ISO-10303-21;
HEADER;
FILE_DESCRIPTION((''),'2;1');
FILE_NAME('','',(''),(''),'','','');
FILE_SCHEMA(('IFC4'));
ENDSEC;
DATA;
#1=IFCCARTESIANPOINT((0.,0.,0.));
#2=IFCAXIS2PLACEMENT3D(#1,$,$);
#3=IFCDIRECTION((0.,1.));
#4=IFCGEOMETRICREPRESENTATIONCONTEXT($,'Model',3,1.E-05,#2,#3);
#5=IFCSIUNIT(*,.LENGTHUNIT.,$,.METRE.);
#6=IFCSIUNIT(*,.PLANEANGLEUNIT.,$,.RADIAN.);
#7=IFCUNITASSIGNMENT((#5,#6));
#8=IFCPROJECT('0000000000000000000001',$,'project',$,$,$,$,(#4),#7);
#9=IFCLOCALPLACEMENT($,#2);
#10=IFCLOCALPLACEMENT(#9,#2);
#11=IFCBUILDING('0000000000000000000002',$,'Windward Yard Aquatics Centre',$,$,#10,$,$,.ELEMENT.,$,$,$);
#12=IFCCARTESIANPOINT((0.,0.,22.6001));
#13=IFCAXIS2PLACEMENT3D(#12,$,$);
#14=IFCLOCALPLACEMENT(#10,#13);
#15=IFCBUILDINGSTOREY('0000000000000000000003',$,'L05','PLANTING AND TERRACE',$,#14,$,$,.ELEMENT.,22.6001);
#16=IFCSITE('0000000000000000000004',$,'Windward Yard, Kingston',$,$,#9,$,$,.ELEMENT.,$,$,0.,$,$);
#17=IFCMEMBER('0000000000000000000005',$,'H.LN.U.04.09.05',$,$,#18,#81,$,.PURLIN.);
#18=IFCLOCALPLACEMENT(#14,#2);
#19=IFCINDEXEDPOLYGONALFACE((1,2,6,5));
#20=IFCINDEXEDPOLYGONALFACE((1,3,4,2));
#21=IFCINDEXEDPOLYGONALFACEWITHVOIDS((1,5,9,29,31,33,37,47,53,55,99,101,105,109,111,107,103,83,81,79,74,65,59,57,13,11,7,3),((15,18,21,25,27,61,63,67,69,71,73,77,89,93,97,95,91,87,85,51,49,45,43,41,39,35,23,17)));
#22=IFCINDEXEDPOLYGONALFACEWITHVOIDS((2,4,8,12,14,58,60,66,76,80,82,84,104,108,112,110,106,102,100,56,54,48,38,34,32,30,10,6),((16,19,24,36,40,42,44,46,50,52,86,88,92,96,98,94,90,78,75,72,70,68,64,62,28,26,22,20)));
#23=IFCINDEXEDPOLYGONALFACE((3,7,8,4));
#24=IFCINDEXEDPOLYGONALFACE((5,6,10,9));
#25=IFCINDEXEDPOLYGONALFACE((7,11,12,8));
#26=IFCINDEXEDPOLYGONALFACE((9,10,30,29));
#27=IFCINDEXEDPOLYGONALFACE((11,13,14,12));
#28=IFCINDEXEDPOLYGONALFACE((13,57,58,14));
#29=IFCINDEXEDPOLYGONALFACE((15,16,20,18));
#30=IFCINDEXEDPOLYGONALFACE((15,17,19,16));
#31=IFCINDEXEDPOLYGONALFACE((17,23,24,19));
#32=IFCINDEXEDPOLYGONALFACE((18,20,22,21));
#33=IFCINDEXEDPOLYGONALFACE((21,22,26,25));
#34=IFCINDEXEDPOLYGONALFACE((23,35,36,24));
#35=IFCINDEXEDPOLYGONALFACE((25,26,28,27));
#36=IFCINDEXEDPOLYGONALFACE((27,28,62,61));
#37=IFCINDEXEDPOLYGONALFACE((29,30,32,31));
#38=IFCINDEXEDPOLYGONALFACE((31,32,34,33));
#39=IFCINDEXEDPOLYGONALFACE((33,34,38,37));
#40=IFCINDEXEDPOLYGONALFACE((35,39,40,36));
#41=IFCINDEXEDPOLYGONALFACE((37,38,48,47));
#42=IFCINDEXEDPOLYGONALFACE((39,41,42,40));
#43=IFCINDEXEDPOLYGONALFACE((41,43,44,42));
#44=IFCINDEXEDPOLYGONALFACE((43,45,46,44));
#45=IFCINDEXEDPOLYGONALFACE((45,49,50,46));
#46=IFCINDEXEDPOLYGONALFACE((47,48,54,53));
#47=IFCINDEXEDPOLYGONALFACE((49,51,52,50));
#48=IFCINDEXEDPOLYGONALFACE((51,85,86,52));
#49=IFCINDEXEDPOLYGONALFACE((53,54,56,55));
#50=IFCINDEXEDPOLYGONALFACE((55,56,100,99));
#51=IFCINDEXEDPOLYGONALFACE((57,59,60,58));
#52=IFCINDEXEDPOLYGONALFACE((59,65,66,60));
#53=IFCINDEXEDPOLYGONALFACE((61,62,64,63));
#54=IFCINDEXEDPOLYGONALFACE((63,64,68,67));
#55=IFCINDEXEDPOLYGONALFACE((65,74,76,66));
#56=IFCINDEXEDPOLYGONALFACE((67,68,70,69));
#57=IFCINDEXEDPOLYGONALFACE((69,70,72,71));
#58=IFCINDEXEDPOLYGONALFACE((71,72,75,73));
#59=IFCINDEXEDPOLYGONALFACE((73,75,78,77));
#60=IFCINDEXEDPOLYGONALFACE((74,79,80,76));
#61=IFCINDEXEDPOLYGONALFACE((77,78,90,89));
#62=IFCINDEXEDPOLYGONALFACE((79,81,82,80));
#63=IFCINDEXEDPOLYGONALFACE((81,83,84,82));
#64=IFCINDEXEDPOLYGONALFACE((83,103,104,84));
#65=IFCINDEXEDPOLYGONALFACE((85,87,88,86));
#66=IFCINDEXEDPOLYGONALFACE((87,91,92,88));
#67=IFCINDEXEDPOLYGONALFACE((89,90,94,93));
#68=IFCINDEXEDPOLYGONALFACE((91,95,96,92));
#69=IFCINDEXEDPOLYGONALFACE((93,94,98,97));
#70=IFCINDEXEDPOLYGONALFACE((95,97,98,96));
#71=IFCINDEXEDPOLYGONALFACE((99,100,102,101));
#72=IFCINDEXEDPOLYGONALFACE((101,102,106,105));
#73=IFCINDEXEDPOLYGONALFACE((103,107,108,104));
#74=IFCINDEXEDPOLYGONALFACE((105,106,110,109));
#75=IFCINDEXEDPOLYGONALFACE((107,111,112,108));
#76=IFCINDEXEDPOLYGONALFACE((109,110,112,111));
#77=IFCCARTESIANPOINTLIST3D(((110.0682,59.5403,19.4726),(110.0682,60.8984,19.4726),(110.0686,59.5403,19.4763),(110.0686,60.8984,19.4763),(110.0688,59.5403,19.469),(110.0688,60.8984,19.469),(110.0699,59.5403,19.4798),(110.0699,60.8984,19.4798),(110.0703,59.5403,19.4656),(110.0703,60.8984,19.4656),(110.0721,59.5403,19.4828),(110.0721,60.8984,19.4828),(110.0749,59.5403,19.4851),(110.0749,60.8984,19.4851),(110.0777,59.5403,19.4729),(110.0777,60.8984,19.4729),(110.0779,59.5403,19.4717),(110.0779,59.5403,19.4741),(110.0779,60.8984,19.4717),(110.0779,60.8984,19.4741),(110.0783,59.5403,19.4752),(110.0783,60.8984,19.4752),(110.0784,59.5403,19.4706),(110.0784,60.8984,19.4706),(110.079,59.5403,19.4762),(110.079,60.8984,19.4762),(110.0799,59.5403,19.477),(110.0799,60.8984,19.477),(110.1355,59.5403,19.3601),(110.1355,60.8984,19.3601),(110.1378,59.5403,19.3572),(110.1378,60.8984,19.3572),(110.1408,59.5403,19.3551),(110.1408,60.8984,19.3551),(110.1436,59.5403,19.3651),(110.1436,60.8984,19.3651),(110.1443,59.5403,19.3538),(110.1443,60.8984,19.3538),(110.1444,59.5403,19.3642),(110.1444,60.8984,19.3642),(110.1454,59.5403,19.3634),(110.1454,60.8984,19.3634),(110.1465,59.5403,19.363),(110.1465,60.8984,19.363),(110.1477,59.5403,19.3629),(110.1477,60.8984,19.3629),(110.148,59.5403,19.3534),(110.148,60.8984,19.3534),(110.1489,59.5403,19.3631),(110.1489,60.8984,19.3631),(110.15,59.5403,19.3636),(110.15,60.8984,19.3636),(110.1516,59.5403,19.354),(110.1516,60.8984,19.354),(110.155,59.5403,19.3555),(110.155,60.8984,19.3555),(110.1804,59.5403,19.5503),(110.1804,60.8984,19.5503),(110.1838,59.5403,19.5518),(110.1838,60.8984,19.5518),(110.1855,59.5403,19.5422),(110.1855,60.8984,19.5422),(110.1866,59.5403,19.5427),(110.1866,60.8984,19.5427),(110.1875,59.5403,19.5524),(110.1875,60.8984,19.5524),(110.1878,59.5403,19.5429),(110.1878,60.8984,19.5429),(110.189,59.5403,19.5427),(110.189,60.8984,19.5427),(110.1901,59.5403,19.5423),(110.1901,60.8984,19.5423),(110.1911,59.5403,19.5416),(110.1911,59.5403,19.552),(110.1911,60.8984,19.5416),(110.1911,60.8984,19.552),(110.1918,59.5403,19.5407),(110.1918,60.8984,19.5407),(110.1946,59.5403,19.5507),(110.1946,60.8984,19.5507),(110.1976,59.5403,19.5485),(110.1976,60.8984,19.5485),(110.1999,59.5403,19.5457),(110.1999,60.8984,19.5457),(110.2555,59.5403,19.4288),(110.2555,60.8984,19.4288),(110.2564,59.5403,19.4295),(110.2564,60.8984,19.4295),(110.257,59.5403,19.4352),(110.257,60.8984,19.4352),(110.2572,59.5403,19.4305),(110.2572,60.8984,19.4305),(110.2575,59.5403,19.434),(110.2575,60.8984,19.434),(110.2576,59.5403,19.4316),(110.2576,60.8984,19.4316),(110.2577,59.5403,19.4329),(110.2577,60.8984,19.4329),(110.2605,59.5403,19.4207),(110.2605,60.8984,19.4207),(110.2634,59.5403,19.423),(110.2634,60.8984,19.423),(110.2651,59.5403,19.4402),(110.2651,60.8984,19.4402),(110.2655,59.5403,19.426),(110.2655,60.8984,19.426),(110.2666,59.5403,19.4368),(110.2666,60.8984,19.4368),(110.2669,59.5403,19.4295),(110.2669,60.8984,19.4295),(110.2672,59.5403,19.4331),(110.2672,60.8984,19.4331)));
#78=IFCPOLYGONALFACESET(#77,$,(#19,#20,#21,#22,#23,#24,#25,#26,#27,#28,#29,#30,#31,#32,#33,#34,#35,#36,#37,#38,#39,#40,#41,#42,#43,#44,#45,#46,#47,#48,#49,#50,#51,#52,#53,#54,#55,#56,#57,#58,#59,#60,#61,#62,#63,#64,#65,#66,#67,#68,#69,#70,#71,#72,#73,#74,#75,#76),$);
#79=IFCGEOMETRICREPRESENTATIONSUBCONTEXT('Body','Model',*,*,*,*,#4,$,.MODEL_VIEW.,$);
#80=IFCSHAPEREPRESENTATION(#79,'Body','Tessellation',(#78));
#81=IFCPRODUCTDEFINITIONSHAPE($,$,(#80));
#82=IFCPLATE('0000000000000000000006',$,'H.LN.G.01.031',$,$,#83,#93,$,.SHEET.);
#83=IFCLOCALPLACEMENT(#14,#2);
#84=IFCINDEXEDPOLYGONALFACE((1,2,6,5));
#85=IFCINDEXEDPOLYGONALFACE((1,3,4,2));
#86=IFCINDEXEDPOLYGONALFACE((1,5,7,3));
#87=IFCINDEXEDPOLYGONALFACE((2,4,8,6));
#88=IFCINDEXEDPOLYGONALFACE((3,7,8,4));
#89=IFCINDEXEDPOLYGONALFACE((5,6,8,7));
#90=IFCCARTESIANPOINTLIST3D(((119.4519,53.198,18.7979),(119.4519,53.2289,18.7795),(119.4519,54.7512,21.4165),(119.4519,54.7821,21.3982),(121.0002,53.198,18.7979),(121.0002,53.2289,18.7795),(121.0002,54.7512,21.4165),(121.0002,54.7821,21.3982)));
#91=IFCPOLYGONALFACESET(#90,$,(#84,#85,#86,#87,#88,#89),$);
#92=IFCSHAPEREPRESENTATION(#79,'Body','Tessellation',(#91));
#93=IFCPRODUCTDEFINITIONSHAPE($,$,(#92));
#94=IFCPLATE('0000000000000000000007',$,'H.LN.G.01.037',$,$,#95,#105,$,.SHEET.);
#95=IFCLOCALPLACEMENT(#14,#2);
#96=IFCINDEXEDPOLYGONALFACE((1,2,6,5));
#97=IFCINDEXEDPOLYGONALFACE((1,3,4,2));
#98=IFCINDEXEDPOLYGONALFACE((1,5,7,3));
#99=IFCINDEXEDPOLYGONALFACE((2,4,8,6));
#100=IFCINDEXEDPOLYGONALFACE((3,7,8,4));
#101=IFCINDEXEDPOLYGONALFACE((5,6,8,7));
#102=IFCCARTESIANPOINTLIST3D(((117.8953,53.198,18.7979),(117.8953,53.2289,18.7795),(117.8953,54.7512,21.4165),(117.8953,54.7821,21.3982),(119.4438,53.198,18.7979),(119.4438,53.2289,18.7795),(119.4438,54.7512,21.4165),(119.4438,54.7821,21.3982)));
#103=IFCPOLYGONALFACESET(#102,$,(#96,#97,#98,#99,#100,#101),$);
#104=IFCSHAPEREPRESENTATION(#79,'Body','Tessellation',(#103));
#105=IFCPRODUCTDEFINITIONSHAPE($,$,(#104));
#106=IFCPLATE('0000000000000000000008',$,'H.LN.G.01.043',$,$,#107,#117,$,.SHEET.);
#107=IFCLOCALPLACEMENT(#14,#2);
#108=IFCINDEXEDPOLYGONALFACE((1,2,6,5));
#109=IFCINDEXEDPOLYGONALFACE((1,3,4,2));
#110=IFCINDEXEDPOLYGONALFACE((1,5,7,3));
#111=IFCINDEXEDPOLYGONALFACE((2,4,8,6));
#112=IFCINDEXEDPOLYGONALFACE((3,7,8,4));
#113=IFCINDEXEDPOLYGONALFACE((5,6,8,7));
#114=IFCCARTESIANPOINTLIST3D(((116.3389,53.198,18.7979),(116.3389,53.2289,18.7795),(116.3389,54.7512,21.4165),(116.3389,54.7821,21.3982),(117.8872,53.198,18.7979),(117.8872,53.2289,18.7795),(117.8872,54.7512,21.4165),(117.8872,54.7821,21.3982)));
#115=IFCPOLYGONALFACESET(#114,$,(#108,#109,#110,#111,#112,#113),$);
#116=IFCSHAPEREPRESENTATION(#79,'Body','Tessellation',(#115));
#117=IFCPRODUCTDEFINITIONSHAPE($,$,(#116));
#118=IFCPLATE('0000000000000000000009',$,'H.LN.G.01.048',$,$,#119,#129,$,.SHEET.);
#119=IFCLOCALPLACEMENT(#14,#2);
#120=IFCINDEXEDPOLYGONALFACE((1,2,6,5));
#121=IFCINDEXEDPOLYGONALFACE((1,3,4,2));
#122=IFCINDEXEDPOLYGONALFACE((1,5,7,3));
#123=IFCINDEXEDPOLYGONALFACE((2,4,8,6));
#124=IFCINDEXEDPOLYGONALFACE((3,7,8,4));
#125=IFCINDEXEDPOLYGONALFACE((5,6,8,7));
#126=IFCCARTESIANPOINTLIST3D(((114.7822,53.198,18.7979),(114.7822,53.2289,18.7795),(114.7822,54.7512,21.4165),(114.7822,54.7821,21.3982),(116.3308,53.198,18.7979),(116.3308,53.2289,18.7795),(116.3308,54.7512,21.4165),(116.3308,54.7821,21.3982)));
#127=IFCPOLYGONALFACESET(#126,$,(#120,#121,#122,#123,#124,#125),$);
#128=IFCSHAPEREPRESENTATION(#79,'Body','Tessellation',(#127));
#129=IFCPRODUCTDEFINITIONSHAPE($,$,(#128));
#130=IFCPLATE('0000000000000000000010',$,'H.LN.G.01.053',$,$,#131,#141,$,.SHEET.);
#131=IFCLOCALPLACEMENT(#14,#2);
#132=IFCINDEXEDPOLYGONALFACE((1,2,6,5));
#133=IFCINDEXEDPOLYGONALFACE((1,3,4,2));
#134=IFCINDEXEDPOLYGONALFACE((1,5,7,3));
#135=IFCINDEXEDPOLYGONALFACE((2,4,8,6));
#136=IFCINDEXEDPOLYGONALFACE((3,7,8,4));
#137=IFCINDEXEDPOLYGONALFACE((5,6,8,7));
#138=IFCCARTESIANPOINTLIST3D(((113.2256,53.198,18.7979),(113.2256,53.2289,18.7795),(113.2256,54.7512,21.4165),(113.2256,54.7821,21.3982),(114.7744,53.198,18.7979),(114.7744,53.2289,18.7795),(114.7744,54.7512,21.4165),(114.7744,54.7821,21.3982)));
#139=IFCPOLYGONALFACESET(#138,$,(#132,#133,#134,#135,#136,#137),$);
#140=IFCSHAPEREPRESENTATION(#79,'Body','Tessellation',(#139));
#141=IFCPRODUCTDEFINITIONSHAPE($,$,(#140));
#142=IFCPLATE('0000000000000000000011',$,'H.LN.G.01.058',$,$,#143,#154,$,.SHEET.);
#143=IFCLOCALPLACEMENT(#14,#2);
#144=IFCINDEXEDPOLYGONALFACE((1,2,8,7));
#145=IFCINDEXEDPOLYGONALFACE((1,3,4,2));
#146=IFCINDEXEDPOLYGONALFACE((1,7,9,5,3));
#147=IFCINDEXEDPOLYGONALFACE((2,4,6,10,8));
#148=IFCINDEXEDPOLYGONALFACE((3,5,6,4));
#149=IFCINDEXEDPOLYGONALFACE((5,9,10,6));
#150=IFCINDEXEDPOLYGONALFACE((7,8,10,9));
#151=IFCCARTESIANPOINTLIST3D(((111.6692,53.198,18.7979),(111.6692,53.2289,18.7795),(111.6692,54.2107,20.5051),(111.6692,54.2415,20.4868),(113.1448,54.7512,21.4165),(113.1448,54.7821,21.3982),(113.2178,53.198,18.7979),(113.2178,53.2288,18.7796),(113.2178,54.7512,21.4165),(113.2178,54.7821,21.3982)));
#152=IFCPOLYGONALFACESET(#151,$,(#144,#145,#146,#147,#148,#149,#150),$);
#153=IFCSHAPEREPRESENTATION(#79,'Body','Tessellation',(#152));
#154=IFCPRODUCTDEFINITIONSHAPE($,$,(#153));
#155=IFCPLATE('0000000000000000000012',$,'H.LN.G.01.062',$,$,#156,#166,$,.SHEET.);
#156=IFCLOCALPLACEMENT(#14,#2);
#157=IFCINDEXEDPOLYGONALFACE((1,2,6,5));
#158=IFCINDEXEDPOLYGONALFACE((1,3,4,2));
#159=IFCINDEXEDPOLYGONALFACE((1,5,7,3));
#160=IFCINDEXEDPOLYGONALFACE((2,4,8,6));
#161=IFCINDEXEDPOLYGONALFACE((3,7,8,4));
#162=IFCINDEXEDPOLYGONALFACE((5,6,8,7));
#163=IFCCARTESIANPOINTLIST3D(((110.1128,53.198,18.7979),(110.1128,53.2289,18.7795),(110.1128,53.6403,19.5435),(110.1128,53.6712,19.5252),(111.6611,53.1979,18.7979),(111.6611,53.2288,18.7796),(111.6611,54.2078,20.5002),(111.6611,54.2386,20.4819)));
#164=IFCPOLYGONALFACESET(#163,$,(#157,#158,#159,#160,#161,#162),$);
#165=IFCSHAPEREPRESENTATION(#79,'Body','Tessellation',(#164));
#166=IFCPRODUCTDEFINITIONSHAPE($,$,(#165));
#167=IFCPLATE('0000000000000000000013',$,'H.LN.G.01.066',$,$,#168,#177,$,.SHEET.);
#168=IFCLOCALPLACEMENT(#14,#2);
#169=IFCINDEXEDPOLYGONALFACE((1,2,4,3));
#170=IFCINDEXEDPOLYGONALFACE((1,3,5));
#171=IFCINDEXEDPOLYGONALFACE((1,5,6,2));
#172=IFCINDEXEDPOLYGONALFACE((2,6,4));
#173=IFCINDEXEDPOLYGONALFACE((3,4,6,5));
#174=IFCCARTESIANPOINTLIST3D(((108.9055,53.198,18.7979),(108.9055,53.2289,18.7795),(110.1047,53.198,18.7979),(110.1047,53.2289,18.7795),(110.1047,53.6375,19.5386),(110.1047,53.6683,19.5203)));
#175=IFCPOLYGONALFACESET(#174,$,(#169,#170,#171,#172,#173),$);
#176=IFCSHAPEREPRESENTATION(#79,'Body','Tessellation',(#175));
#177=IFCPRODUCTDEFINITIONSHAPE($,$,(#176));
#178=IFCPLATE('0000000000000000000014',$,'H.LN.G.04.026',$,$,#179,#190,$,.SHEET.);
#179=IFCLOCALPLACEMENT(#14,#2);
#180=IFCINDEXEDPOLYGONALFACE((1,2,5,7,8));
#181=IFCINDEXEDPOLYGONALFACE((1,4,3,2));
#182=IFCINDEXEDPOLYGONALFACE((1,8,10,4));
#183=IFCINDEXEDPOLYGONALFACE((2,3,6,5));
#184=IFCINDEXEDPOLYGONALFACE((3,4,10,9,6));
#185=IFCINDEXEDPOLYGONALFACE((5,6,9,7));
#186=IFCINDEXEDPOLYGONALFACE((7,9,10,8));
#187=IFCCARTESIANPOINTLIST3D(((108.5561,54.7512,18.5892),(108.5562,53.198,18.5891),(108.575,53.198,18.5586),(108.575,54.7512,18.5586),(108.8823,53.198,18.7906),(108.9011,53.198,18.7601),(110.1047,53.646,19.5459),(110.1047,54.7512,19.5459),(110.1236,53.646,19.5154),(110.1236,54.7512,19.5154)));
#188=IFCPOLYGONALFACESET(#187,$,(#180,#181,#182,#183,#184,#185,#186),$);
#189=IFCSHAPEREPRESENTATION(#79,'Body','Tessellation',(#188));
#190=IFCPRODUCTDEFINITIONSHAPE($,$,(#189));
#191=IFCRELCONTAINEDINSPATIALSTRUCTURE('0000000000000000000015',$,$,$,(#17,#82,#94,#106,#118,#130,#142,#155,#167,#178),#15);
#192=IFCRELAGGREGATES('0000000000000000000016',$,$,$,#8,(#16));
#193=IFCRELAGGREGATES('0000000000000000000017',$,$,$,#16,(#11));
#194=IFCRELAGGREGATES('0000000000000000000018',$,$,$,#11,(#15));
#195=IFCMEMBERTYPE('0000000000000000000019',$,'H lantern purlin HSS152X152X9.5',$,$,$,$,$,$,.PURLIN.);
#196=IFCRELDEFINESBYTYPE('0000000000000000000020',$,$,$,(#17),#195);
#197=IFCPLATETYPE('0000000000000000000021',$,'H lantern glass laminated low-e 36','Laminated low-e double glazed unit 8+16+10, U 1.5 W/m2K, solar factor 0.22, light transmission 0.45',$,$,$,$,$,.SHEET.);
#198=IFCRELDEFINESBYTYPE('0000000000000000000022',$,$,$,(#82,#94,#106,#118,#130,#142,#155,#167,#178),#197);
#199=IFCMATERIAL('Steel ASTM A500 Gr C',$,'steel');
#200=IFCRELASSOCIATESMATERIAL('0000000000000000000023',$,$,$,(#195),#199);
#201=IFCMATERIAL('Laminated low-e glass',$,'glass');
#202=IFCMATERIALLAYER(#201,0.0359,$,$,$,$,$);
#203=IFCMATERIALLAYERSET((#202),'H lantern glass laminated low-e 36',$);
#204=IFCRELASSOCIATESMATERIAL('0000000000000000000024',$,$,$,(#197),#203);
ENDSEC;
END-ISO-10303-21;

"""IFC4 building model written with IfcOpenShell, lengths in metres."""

from ifc_helpers import new_model, si_unit, direction, frame, origin, origin_2d, place, context, subcontext, project, spatial, polyline, hollow_rectangle, outline, extrude, material, layer, layer_set, material_profile, profile_set, type_object, element, save


model = new_model("IFC4")

# Units and contexts
model_context = context("Model", 3, precision=1e-05, world=origin(), true_north=direction((0.0, 1.0)))
body_context = subcontext(model_context, "Body", "Model", "MODEL_VIEW")
ifc_project = project(units=[si_unit("LENGTHUNIT", "METRE"), si_unit("PLANEANGLEUNIT", "RADIAN")], contexts=[model_context])

# Site, building, storey
site_placement = place(None, origin())
site = spatial("IfcSite", under=ifc_project, at=site_placement, Name="Windward Yard, Kingston", CompositionType="ELEMENT", RefElevation=0.0)
building_placement = place(site_placement, origin())
building = spatial("IfcBuilding", under=site, at=building_placement, Name="Windward Yard Aquatics Centre", CompositionType="ELEMENT")
storey_placement = place(building_placement, frame((0.0, 0.0, 22.6001)))
storey = spatial("IfcBuildingStorey", under=building, at=storey_placement, Name="L05", Description="PLANTING AND TERRACE", CompositionType="ELEMENT", Elevation=22.6001)

# Member
ifc_material_1 = material(Name="Steel ASTM A500 Gr C", Category="steel")
ifc_material_profile = material_profile(ifc_material_1, hollow_rectangle(XDim=0.1523, YDim=0.1523, WallThickness=0.0095, InnerFilletRadius=0.0046, OuterFilletRadius=0.0142, at=origin_2d()), Name="HSS152X152X9.5")
ifc_profile_set = profile_set([ifc_material_profile], Name="Steel ASTM A500 Gr C")
member_type = type_object("IfcMemberType", Name="H lantern purlin HSS152X152X9.5", PredefinedType="PURLIN", material=ifc_profile_set)
member_1_placement = place(storey_placement, frame((110.1677, 59.5403, 19.4529), z_axis=(0.0, 1.0, 0.0), x_axis=(-0.850755, 0.0, -0.525562)))
element("IfcMember", 1, at=member_1_placement, inside=storey, type_object=member_type, Name="H.LN.U.04.09.05", PredefinedType="PURLIN", context=body_context, shape_type="SweptSolid", body=[
    extrude(hollow_rectangle(XDim=0.1523, YDim=0.1523, WallThickness=0.0095, InnerFilletRadius=0.0046, OuterFilletRadius=0.0142, at=origin_2d()), origin(), (0.0, 0.0, 1.0), 1.3582),
])

# Plates
ifc_material_2 = material(Name="Laminated low-e glass", Category="glass")
ifc_layer = layer(ifc_material_2, 0.0359)
ifc_layer_set = layer_set([ifc_layer], Name="H lantern glass laminated low-e 36")
plate_type = type_object("IfcPlateType", Name="H lantern glass laminated low-e 36", Description="Laminated low-e double glazed unit 8+16+10, U 1.5 W/m2K, solar factor 0.22, light transmission 0.45", PredefinedType="SHEET", material=ifc_layer_set)
plate_1_placement = place(storey_placement, frame((119.4519, 53.198, 18.7979), z_axis=(0.0, -0.860086, 0.51015), x_axis=(0.0, 0.51015, 0.860086)))
element("IfcPlate", 2, at=plate_1_placement, inside=storey, type_object=plate_type, Name="H.LN.G.01.031", PredefinedType="SHEET", context=body_context, shape_type="SweptSolid", body=[
    extrude(outline(polyline([(0.0, 0.0), (3.0446, 0.0), (3.0446, -1.5483), (0.0, -1.5483), (0.0, 0.0)])), origin(), (0.0, 0.0, -1.0), 0.0359),
])
plate_2_placement = place(storey_placement, frame((117.8953, 53.198, 18.7979), z_axis=(0.0, -0.860086, 0.51015), x_axis=(0.0, 0.51015, 0.860086)))
element("IfcPlate", 3, at=plate_2_placement, inside=storey, type_object=plate_type, Name="H.LN.G.01.037", PredefinedType="SHEET", context=body_context, shape_type="SweptSolid", body=[
    extrude(outline(polyline([(0.0, 0.0), (3.0446, 0.0), (3.0446, -1.5486), (0.0, -1.5486), (0.0, 0.0)])), origin(), (0.0, 0.0, -1.0), 0.0359),
])
plate_3_placement = place(storey_placement, frame((116.3389, 53.198, 18.7979), z_axis=(0.0, -0.860086, 0.51015), x_axis=(0.0, 0.51015, 0.860086)))
element("IfcPlate", 4, at=plate_3_placement, inside=storey, type_object=plate_type, Name="H.LN.G.01.043", PredefinedType="SHEET", context=body_context, shape_type="SweptSolid", body=[
    extrude(outline(polyline([(0.0, 0.0), (3.0446, 0.0), (3.0446, -1.5483), (0.0, -1.5483), (0.0, 0.0)])), origin(), (0.0, 0.0, -1.0), 0.0359),
])
plate_4_placement = place(storey_placement, frame((114.7822, 53.198, 18.7979), z_axis=(0.0, -0.860086, 0.51015), x_axis=(0.0, 0.51015, 0.860086)))
element("IfcPlate", 5, at=plate_4_placement, inside=storey, type_object=plate_type, Name="H.LN.G.01.048", PredefinedType="SHEET", context=body_context, shape_type="SweptSolid", body=[
    extrude(outline(polyline([(0.0, 0.0), (3.0446, 0.0), (3.0446, -1.5486), (0.0, -1.5486), (0.0, 0.0)])), origin(), (0.0, 0.0, -1.0), 0.0359),
])
plate_5_placement = place(storey_placement, frame((113.2256, 53.198, 18.7979), z_axis=(0.0, -0.860086, 0.51015), x_axis=(0.0, 0.51015, 0.860086)))
element("IfcPlate", 6, at=plate_5_placement, inside=storey, type_object=plate_type, Name="H.LN.G.01.053", PredefinedType="SHEET", context=body_context, shape_type="SweptSolid", body=[
    extrude(outline(polyline([(0.0, 0.0), (3.0446, 0.0), (3.0446, -1.5488), (0.0, -1.5488), (0.0, 0.0)])), origin(), (0.0, 0.0, -1.0), 0.0359),
])
plate_6_placement = place(storey_placement, frame((111.6692, 53.198, 18.7979), z_axis=(-0.000015, -0.860082, 0.510156), x_axis=(0.0, 0.510156, 0.860082)))
element("IfcPlate", 7, at=plate_6_placement, inside=storey, type_object=plate_type, Name="H.LN.G.01.058", PredefinedType="SHEET", context=body_context, shape_type="SweptSolid", body=[
    extrude(outline(polyline([(0.0, 0.0), (1.985, 0.0), (3.0446, -1.4756), (3.0446, -1.5486), (0.0, -1.5486), (0.0, 0.0)])), origin(), (0.0, 0.0, -1.0), 0.0359),
])
plate_7_placement = place(storey_placement, frame((110.1128, 53.198, 18.7979), z_axis=(-0.00005, -0.860063, 0.510188), x_axis=(0.0, 0.510188, 0.860063)))
element("IfcPlate", 8, at=plate_7_placement, inside=storey, type_object=plate_type, Name="H.LN.G.01.062", PredefinedType="SHEET", context=body_context, shape_type="SweptSolid", body=[
    extrude(outline(polyline([(0.0, 0.0), (0.867, 0.0), (1.9793, -1.5483), (0.0, -1.5483), (0.0, 0.0)])), origin(), (0.0, 0.0, -1.0), 0.0359),
])
plate_8_placement = place(storey_placement, frame((108.9055, 53.198, 18.7979), z_axis=(0.0, -0.860034, 0.510237), x_axis=(0.812229, 0.297641, 0.50169)))
element("IfcPlate", 9, at=plate_8_placement, inside=storey, type_object=plate_type, Name="H.LN.G.01.066", PredefinedType="SHEET", context=body_context, shape_type="SweptSolid", body=[
    extrude(outline(polyline([(0.0, 0.0), (1.4765, 0.0), (0.974, -0.6996), (0.0, 0.0)])), origin(), (0.0, 0.0, -1.0), 0.0359),
])
plate_9_placement = place(storey_placement, frame((108.5562, 53.198, 18.5891), z_axis=(-0.525609, -0.000033, 0.850726), x_axis=(-0.000018, 1.0, 0.000028)))
element("IfcPlate", 10, at=plate_9_placement, inside=storey, type_object=plate_type, Name="H.LN.G.04.026", PredefinedType="SHEET", context=body_context, shape_type="SweptSolid", body=[
    extrude(outline(polyline([(0.0, 0.0), (1.5532, 0.0), (1.5532, -1.8203), (0.448, -1.8203), (0.0, -0.3833), (0.0, 0.0)])), origin(), (0.0, 0.0, -1.0), 0.0359),
])

save(model, "model.ifc")
